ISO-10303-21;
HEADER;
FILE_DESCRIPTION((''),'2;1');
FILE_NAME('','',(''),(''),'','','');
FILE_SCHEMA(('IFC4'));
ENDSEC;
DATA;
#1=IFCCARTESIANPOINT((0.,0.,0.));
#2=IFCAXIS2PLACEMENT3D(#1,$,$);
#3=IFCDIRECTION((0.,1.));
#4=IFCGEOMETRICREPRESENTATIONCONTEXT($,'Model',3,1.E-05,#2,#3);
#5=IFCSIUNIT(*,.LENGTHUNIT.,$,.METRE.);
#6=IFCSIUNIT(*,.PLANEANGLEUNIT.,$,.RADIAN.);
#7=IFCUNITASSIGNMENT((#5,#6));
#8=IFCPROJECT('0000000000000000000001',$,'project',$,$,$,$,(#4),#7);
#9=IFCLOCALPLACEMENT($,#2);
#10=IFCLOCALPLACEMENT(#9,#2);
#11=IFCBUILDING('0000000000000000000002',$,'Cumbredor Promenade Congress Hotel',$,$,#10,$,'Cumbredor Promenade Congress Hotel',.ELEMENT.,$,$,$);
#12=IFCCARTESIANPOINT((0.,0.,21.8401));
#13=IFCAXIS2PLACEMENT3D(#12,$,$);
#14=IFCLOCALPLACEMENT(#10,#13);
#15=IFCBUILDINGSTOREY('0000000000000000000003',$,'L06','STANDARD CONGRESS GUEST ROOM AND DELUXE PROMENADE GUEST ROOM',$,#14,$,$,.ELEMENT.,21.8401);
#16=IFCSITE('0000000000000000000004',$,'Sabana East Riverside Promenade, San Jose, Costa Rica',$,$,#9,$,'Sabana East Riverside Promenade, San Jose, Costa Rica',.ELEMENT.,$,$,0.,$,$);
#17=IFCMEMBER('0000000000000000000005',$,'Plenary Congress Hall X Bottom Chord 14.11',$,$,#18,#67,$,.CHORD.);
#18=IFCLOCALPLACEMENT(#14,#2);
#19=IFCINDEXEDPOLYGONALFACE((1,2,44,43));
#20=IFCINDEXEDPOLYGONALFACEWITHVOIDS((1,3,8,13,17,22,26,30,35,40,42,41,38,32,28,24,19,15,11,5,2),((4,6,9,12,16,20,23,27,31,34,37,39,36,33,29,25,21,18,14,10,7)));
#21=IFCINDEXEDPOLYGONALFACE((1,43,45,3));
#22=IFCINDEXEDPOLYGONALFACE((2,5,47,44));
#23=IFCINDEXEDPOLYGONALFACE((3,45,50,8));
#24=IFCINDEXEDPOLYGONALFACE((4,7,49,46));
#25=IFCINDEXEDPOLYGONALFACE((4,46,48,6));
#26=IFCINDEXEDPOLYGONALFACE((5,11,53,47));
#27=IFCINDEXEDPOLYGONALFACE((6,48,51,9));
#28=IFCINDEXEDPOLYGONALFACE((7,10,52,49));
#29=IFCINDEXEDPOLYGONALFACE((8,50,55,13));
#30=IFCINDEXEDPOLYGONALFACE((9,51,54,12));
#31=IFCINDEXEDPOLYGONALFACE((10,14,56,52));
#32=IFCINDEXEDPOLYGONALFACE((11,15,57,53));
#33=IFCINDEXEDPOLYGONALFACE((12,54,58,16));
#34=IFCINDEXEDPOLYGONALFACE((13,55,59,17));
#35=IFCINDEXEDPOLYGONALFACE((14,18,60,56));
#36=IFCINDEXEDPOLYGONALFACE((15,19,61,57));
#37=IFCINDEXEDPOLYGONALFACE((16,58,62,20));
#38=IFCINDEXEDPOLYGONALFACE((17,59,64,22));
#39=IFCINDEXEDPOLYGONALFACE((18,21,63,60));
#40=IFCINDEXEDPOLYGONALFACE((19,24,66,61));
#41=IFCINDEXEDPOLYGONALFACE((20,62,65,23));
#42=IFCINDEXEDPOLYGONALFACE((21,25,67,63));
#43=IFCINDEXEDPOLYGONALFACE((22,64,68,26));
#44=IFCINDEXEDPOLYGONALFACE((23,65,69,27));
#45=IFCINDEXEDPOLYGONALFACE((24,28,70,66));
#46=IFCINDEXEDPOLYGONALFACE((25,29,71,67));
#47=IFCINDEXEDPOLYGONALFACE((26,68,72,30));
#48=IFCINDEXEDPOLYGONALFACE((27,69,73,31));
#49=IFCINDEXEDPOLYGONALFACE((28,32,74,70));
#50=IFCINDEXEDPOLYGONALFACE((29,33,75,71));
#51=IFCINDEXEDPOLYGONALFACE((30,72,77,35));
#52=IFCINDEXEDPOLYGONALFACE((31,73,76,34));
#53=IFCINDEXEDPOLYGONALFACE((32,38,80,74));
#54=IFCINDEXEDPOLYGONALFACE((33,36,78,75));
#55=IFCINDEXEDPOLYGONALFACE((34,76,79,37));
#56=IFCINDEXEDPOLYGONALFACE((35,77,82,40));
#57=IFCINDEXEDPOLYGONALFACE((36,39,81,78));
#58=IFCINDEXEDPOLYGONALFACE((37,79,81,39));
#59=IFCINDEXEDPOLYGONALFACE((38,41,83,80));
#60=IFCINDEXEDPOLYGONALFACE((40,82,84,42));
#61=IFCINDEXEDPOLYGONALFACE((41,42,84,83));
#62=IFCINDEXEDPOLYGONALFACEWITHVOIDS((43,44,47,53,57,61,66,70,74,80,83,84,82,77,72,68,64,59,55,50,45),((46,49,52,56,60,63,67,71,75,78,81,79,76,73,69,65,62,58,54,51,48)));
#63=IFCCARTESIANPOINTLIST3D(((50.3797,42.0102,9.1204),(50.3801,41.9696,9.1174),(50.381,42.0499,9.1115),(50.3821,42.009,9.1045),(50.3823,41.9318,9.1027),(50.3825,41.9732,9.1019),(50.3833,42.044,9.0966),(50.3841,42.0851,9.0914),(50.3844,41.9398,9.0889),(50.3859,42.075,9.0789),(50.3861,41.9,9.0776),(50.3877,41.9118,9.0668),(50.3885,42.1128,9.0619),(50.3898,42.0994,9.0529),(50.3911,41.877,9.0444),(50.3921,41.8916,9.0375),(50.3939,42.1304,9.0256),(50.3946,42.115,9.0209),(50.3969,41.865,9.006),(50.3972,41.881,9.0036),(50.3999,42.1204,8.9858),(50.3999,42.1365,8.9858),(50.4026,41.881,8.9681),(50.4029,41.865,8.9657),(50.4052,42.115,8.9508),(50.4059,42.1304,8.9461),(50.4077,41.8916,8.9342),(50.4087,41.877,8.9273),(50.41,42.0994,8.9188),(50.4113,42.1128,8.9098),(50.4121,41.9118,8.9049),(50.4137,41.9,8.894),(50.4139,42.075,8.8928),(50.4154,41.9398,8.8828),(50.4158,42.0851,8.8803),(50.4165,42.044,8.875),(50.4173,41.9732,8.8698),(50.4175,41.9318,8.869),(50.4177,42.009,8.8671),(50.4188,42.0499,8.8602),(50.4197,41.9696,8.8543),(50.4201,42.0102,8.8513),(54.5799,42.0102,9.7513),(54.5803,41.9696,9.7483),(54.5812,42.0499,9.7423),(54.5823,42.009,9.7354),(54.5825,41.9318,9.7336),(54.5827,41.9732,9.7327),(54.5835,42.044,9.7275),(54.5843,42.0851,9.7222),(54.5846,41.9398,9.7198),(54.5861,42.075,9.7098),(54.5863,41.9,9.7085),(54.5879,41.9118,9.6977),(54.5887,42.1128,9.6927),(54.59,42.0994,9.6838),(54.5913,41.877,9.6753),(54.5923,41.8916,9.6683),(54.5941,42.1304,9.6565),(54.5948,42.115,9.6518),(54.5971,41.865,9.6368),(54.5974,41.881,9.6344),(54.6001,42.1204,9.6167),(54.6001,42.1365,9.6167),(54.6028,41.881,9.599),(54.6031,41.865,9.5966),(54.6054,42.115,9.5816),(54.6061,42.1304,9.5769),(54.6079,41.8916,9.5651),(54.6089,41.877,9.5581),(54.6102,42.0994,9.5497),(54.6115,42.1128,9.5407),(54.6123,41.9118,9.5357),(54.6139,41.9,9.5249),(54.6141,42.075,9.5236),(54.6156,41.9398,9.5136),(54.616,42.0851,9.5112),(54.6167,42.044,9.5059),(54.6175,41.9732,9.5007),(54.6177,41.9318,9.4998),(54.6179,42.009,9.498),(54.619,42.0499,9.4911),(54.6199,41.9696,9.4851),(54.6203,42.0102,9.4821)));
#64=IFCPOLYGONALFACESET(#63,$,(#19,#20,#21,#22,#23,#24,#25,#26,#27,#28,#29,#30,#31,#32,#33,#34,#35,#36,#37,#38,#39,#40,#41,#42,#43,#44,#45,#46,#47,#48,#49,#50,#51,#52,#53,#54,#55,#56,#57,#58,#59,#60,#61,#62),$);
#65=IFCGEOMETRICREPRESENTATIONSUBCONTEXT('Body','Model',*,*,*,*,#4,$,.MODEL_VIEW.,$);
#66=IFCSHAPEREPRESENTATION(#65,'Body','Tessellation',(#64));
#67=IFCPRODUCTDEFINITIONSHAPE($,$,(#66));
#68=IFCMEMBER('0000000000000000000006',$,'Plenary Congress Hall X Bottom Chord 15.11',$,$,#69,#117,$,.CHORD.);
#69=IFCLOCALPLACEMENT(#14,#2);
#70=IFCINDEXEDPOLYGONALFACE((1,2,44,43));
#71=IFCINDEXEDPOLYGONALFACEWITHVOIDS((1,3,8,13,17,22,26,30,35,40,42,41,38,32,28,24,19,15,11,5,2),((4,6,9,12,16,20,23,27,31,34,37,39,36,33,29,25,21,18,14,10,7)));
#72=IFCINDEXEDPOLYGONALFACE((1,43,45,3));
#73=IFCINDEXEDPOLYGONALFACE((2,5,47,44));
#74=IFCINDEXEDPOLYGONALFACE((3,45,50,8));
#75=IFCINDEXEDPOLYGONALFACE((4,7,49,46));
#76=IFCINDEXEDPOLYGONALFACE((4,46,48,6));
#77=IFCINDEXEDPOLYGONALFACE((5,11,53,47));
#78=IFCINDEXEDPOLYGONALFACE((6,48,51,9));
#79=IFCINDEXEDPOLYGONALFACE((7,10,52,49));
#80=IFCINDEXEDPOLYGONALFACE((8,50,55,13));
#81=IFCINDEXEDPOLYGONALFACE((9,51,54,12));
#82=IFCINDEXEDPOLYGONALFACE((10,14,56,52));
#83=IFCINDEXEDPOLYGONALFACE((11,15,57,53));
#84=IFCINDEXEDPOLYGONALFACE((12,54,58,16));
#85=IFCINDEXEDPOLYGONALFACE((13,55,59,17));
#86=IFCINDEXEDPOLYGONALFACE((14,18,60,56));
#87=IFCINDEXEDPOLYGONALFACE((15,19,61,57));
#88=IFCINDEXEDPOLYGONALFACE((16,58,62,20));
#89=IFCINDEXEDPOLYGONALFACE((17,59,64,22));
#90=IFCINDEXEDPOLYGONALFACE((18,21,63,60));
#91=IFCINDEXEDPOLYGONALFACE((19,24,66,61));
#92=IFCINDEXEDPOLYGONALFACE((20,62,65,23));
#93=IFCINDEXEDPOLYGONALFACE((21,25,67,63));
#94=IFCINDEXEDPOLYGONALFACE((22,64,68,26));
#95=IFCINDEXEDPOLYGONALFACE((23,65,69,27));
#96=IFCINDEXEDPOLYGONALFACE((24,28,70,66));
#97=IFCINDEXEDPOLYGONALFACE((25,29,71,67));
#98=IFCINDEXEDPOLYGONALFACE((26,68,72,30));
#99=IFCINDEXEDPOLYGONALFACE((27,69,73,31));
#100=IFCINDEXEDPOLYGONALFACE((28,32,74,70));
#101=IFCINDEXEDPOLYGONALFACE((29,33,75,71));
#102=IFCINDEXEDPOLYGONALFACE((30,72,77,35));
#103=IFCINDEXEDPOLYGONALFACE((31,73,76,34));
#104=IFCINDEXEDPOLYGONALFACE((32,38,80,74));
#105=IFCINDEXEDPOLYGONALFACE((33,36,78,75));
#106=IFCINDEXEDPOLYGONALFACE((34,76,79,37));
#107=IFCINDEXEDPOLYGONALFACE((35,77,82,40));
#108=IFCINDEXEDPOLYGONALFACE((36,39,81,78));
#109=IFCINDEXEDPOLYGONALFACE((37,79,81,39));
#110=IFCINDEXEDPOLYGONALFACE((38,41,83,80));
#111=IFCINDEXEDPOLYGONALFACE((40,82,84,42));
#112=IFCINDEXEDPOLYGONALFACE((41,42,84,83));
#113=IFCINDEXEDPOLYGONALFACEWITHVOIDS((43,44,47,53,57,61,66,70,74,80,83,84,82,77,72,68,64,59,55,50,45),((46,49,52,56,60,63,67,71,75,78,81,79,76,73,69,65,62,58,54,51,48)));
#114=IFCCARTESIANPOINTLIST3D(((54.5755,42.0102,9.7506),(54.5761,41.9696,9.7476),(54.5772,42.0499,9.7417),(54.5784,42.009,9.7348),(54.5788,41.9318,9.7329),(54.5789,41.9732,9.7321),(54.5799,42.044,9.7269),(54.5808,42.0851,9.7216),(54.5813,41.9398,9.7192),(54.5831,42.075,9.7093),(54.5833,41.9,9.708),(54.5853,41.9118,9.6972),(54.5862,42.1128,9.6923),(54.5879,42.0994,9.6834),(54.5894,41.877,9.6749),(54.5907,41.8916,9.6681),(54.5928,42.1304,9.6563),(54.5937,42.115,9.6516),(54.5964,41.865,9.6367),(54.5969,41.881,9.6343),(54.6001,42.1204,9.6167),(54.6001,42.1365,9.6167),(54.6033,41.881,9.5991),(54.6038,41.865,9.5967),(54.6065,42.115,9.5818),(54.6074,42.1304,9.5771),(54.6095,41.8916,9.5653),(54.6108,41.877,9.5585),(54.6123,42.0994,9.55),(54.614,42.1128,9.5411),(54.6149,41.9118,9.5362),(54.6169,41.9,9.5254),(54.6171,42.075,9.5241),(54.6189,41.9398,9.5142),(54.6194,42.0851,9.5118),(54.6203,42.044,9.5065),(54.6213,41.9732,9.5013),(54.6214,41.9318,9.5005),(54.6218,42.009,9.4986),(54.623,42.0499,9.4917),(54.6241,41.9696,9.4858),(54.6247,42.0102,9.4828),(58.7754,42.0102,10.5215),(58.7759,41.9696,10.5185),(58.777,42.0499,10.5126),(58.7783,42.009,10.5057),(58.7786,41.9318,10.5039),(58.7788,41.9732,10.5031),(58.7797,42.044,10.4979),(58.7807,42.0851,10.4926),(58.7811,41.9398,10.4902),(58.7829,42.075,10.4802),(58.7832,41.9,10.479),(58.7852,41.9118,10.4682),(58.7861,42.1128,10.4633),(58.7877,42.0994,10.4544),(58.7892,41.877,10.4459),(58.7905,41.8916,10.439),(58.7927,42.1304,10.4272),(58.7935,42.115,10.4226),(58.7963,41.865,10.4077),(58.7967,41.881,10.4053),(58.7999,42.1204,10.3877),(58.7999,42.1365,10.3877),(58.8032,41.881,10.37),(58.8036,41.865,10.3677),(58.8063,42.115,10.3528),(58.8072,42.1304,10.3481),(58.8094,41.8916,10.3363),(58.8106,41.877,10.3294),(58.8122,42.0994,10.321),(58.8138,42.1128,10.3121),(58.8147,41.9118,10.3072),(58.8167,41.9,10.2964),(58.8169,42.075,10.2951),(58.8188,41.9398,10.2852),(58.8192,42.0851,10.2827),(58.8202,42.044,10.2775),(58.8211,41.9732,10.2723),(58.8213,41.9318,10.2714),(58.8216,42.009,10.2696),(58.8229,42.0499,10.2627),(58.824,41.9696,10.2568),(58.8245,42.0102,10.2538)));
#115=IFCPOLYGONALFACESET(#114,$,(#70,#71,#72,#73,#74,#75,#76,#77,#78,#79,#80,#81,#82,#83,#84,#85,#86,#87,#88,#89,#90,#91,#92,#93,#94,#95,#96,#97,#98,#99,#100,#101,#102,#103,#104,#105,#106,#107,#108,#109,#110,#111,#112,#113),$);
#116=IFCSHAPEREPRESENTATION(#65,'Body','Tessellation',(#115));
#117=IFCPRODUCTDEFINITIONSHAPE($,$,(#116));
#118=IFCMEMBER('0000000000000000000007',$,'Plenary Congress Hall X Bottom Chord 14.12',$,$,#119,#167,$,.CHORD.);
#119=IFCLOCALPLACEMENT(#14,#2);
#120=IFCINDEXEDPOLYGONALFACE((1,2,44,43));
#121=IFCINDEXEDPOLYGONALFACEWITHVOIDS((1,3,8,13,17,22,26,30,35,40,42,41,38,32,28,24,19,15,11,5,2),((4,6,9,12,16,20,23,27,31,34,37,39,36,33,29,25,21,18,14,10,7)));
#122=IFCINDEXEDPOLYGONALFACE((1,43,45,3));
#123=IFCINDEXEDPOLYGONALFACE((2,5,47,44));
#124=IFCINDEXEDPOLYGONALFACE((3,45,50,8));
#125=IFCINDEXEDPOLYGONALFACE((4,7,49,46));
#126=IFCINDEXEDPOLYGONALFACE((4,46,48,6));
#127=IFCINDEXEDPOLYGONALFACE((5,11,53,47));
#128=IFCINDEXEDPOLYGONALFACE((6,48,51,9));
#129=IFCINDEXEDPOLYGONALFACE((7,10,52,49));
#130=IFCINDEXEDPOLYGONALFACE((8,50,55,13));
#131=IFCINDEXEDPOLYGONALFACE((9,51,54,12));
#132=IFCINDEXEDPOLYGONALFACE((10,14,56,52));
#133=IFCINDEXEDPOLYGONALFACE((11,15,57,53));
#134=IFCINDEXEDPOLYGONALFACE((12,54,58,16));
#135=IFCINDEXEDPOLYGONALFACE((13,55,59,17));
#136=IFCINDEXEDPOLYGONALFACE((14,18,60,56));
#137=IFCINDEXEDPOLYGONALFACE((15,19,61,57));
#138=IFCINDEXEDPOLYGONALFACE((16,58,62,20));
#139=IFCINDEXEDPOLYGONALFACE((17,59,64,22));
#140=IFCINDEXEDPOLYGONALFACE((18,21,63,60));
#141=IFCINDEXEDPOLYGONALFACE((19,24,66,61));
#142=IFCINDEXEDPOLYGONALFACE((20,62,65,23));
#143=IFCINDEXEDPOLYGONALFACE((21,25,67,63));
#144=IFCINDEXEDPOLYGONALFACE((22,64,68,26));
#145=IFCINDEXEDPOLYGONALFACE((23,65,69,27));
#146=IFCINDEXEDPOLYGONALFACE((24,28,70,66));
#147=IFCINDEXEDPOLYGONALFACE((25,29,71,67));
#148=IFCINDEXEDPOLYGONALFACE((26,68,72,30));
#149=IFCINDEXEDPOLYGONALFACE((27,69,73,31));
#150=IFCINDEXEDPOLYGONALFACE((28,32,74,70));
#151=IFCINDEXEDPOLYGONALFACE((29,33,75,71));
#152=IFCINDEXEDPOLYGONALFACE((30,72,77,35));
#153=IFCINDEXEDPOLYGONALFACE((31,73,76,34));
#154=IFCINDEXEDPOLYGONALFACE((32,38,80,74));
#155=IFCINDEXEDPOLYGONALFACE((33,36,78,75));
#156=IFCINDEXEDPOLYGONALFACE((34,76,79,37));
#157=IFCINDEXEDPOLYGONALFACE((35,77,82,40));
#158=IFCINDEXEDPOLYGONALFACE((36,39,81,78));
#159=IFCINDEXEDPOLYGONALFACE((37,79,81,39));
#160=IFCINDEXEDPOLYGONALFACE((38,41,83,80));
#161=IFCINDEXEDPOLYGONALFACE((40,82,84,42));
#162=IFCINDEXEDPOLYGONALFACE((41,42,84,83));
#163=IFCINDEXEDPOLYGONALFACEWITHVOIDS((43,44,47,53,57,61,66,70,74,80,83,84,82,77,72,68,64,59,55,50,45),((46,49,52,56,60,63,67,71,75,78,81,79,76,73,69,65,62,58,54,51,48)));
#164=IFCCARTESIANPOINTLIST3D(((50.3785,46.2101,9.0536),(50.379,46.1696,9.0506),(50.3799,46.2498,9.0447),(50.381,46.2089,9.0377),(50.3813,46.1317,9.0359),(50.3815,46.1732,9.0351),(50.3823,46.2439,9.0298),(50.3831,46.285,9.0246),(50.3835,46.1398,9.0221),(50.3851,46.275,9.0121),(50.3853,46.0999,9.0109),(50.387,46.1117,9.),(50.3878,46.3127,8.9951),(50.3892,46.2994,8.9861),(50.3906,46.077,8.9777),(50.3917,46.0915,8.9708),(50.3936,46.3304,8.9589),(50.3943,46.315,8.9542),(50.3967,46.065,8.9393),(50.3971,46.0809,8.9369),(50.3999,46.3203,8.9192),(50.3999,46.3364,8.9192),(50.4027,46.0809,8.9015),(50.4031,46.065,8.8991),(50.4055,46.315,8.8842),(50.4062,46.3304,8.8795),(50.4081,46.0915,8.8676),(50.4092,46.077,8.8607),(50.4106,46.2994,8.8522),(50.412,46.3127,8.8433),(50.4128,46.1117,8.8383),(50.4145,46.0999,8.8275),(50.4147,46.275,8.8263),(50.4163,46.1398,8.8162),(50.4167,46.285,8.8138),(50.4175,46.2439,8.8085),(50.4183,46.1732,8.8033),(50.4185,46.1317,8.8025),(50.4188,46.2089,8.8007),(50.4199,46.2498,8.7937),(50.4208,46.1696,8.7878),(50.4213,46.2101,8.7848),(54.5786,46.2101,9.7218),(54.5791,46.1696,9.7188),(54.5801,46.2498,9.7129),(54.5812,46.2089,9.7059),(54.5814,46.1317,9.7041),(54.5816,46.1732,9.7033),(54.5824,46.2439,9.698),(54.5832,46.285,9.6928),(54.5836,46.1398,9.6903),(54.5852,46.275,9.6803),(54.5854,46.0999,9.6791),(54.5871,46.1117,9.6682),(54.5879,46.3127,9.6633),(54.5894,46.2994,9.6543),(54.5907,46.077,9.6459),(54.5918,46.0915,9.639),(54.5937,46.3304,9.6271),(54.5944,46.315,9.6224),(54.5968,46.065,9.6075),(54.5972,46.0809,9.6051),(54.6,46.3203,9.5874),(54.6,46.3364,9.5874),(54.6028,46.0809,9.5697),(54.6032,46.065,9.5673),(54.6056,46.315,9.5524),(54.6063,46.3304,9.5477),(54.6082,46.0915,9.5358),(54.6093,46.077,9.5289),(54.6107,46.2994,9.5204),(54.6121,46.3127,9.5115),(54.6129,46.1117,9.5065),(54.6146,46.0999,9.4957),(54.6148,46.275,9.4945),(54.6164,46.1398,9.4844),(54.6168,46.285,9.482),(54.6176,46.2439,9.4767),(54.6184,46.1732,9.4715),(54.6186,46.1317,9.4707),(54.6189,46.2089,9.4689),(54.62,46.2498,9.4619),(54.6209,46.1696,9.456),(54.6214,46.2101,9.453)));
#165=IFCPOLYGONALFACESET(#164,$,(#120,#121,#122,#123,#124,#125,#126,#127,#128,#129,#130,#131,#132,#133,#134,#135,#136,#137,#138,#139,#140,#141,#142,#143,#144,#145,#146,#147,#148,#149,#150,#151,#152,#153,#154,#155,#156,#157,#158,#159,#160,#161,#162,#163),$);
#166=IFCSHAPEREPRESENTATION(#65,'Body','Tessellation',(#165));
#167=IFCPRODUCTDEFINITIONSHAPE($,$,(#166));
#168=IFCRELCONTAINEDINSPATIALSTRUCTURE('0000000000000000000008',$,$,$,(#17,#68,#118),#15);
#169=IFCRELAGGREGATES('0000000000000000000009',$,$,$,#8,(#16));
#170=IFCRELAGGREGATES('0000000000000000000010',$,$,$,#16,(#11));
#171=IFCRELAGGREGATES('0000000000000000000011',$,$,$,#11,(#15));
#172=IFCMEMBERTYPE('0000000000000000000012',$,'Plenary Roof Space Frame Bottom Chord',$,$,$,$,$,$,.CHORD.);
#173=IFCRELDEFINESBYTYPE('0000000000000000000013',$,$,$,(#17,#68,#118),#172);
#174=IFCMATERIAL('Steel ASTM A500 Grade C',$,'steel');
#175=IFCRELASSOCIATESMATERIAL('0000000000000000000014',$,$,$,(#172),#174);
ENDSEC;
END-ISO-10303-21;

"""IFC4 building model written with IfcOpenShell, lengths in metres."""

from ifc_helpers import new_model, si_unit, direction, frame, origin, origin_2d, place, context, subcontext, project, spatial, hollow_circle, extrude, material, material_profile, profile_set, type_object, element, save


model = new_model("IFC4")

# Units and contexts
model_context = context("Model", 3, precision=1e-05, world=origin(), true_north=direction((0.0, 1.0)))
body_context = subcontext(model_context, "Body", "Model", "MODEL_VIEW")
ifc_project = project(units=[si_unit("LENGTHUNIT", "METRE"), si_unit("PLANEANGLEUNIT", "RADIAN")], contexts=[model_context])

# Site, building, storey
site_placement = place(None, origin())
site = spatial("IfcSite", under=ifc_project, at=site_placement, Name="Sabana East Riverside Promenade, San Jose, Costa Rica", LongName="Sabana East Riverside Promenade, San Jose, Costa Rica", CompositionType="ELEMENT", RefElevation=0.0)
building_placement = place(site_placement, origin())
building = spatial("IfcBuilding", under=site, at=building_placement, Name="Cumbredor Promenade Congress Hotel", LongName="Cumbredor Promenade Congress Hotel", CompositionType="ELEMENT")
storey_placement = place(building_placement, frame((0.0, 0.0, 21.8401)))
storey = spatial("IfcBuildingStorey", under=building, at=storey_placement, Name="L06", Description="STANDARD CONGRESS GUEST ROOM AND DELUXE PROMENADE GUEST ROOM", CompositionType="ELEMENT", Elevation=21.8401)

# Members
ifc_material_1 = material(Name="Steel ASTM A500 Grade C", Category="steel")
ifc_material_profile_1 = material_profile(ifc_material_1, hollow_circle(Radius=0.1365, WallThickness=0.0161, at=origin_2d()), Name="CHS 273.0x16")
ifc_profile_set_1 = profile_set([ifc_material_profile_1], Name="Steel ASTM A500 Grade C")
member_type_1 = type_object("IfcMemberType", Name="Plenary Roof Space Frame Bottom Chord", PredefinedType="CHORD", material=ifc_profile_set_1)
member_1_placement = place(storey_placement, frame((50.3999, 42.0, 8.9858), z_axis=(0.988908, 0.0, 0.148532), x_axis=(0.0, 1.0, 0.0)))
element("IfcMember", 1, at=member_1_placement, inside=storey, type_object=member_type_1, Name="Plenary Congress Hall X Bottom Chord 14.11", PredefinedType="CHORD", context=body_context, shape_type="SweptSolid", body=[
    extrude(hollow_circle(Radius=0.1365, WallThickness=0.0161, at=origin_2d()), origin(), (0.0, 0.0, 1.0), 4.2473),
])
member_2_placement = place(storey_placement, frame((54.6001, 42.0, 9.6167), z_axis=(0.983565, 0.0, 0.180556), x_axis=(0.0, 1.0, 0.0)))
element("IfcMember", 2, at=member_2_placement, inside=storey, type_object=member_type_1, Name="Plenary Congress Hall X Bottom Chord 15.11", PredefinedType="CHORD", context=body_context, shape_type="SweptSolid", body=[
    extrude(hollow_circle(Radius=0.1365, WallThickness=0.0161, at=origin_2d()), origin(), (0.0, 0.0, 1.0), 4.27),
])
member_3_placement = place(storey_placement, frame((50.3999, 46.2, 8.9192), z_axis=(0.98758, 0.0, 0.157115), x_axis=(0.0, 1.0, 0.0)))
element("IfcMember", 3, at=member_3_placement, inside=storey, type_object=member_type_1, Name="Plenary Congress Hall X Bottom Chord 14.12", PredefinedType="CHORD", context=body_context, shape_type="SweptSolid", body=[
    extrude(hollow_circle(Radius=0.1365, WallThickness=0.0161, at=origin_2d()), origin(), (0.0, 0.0, 1.0), 4.2529),
])

save(model, "model.ifc")
